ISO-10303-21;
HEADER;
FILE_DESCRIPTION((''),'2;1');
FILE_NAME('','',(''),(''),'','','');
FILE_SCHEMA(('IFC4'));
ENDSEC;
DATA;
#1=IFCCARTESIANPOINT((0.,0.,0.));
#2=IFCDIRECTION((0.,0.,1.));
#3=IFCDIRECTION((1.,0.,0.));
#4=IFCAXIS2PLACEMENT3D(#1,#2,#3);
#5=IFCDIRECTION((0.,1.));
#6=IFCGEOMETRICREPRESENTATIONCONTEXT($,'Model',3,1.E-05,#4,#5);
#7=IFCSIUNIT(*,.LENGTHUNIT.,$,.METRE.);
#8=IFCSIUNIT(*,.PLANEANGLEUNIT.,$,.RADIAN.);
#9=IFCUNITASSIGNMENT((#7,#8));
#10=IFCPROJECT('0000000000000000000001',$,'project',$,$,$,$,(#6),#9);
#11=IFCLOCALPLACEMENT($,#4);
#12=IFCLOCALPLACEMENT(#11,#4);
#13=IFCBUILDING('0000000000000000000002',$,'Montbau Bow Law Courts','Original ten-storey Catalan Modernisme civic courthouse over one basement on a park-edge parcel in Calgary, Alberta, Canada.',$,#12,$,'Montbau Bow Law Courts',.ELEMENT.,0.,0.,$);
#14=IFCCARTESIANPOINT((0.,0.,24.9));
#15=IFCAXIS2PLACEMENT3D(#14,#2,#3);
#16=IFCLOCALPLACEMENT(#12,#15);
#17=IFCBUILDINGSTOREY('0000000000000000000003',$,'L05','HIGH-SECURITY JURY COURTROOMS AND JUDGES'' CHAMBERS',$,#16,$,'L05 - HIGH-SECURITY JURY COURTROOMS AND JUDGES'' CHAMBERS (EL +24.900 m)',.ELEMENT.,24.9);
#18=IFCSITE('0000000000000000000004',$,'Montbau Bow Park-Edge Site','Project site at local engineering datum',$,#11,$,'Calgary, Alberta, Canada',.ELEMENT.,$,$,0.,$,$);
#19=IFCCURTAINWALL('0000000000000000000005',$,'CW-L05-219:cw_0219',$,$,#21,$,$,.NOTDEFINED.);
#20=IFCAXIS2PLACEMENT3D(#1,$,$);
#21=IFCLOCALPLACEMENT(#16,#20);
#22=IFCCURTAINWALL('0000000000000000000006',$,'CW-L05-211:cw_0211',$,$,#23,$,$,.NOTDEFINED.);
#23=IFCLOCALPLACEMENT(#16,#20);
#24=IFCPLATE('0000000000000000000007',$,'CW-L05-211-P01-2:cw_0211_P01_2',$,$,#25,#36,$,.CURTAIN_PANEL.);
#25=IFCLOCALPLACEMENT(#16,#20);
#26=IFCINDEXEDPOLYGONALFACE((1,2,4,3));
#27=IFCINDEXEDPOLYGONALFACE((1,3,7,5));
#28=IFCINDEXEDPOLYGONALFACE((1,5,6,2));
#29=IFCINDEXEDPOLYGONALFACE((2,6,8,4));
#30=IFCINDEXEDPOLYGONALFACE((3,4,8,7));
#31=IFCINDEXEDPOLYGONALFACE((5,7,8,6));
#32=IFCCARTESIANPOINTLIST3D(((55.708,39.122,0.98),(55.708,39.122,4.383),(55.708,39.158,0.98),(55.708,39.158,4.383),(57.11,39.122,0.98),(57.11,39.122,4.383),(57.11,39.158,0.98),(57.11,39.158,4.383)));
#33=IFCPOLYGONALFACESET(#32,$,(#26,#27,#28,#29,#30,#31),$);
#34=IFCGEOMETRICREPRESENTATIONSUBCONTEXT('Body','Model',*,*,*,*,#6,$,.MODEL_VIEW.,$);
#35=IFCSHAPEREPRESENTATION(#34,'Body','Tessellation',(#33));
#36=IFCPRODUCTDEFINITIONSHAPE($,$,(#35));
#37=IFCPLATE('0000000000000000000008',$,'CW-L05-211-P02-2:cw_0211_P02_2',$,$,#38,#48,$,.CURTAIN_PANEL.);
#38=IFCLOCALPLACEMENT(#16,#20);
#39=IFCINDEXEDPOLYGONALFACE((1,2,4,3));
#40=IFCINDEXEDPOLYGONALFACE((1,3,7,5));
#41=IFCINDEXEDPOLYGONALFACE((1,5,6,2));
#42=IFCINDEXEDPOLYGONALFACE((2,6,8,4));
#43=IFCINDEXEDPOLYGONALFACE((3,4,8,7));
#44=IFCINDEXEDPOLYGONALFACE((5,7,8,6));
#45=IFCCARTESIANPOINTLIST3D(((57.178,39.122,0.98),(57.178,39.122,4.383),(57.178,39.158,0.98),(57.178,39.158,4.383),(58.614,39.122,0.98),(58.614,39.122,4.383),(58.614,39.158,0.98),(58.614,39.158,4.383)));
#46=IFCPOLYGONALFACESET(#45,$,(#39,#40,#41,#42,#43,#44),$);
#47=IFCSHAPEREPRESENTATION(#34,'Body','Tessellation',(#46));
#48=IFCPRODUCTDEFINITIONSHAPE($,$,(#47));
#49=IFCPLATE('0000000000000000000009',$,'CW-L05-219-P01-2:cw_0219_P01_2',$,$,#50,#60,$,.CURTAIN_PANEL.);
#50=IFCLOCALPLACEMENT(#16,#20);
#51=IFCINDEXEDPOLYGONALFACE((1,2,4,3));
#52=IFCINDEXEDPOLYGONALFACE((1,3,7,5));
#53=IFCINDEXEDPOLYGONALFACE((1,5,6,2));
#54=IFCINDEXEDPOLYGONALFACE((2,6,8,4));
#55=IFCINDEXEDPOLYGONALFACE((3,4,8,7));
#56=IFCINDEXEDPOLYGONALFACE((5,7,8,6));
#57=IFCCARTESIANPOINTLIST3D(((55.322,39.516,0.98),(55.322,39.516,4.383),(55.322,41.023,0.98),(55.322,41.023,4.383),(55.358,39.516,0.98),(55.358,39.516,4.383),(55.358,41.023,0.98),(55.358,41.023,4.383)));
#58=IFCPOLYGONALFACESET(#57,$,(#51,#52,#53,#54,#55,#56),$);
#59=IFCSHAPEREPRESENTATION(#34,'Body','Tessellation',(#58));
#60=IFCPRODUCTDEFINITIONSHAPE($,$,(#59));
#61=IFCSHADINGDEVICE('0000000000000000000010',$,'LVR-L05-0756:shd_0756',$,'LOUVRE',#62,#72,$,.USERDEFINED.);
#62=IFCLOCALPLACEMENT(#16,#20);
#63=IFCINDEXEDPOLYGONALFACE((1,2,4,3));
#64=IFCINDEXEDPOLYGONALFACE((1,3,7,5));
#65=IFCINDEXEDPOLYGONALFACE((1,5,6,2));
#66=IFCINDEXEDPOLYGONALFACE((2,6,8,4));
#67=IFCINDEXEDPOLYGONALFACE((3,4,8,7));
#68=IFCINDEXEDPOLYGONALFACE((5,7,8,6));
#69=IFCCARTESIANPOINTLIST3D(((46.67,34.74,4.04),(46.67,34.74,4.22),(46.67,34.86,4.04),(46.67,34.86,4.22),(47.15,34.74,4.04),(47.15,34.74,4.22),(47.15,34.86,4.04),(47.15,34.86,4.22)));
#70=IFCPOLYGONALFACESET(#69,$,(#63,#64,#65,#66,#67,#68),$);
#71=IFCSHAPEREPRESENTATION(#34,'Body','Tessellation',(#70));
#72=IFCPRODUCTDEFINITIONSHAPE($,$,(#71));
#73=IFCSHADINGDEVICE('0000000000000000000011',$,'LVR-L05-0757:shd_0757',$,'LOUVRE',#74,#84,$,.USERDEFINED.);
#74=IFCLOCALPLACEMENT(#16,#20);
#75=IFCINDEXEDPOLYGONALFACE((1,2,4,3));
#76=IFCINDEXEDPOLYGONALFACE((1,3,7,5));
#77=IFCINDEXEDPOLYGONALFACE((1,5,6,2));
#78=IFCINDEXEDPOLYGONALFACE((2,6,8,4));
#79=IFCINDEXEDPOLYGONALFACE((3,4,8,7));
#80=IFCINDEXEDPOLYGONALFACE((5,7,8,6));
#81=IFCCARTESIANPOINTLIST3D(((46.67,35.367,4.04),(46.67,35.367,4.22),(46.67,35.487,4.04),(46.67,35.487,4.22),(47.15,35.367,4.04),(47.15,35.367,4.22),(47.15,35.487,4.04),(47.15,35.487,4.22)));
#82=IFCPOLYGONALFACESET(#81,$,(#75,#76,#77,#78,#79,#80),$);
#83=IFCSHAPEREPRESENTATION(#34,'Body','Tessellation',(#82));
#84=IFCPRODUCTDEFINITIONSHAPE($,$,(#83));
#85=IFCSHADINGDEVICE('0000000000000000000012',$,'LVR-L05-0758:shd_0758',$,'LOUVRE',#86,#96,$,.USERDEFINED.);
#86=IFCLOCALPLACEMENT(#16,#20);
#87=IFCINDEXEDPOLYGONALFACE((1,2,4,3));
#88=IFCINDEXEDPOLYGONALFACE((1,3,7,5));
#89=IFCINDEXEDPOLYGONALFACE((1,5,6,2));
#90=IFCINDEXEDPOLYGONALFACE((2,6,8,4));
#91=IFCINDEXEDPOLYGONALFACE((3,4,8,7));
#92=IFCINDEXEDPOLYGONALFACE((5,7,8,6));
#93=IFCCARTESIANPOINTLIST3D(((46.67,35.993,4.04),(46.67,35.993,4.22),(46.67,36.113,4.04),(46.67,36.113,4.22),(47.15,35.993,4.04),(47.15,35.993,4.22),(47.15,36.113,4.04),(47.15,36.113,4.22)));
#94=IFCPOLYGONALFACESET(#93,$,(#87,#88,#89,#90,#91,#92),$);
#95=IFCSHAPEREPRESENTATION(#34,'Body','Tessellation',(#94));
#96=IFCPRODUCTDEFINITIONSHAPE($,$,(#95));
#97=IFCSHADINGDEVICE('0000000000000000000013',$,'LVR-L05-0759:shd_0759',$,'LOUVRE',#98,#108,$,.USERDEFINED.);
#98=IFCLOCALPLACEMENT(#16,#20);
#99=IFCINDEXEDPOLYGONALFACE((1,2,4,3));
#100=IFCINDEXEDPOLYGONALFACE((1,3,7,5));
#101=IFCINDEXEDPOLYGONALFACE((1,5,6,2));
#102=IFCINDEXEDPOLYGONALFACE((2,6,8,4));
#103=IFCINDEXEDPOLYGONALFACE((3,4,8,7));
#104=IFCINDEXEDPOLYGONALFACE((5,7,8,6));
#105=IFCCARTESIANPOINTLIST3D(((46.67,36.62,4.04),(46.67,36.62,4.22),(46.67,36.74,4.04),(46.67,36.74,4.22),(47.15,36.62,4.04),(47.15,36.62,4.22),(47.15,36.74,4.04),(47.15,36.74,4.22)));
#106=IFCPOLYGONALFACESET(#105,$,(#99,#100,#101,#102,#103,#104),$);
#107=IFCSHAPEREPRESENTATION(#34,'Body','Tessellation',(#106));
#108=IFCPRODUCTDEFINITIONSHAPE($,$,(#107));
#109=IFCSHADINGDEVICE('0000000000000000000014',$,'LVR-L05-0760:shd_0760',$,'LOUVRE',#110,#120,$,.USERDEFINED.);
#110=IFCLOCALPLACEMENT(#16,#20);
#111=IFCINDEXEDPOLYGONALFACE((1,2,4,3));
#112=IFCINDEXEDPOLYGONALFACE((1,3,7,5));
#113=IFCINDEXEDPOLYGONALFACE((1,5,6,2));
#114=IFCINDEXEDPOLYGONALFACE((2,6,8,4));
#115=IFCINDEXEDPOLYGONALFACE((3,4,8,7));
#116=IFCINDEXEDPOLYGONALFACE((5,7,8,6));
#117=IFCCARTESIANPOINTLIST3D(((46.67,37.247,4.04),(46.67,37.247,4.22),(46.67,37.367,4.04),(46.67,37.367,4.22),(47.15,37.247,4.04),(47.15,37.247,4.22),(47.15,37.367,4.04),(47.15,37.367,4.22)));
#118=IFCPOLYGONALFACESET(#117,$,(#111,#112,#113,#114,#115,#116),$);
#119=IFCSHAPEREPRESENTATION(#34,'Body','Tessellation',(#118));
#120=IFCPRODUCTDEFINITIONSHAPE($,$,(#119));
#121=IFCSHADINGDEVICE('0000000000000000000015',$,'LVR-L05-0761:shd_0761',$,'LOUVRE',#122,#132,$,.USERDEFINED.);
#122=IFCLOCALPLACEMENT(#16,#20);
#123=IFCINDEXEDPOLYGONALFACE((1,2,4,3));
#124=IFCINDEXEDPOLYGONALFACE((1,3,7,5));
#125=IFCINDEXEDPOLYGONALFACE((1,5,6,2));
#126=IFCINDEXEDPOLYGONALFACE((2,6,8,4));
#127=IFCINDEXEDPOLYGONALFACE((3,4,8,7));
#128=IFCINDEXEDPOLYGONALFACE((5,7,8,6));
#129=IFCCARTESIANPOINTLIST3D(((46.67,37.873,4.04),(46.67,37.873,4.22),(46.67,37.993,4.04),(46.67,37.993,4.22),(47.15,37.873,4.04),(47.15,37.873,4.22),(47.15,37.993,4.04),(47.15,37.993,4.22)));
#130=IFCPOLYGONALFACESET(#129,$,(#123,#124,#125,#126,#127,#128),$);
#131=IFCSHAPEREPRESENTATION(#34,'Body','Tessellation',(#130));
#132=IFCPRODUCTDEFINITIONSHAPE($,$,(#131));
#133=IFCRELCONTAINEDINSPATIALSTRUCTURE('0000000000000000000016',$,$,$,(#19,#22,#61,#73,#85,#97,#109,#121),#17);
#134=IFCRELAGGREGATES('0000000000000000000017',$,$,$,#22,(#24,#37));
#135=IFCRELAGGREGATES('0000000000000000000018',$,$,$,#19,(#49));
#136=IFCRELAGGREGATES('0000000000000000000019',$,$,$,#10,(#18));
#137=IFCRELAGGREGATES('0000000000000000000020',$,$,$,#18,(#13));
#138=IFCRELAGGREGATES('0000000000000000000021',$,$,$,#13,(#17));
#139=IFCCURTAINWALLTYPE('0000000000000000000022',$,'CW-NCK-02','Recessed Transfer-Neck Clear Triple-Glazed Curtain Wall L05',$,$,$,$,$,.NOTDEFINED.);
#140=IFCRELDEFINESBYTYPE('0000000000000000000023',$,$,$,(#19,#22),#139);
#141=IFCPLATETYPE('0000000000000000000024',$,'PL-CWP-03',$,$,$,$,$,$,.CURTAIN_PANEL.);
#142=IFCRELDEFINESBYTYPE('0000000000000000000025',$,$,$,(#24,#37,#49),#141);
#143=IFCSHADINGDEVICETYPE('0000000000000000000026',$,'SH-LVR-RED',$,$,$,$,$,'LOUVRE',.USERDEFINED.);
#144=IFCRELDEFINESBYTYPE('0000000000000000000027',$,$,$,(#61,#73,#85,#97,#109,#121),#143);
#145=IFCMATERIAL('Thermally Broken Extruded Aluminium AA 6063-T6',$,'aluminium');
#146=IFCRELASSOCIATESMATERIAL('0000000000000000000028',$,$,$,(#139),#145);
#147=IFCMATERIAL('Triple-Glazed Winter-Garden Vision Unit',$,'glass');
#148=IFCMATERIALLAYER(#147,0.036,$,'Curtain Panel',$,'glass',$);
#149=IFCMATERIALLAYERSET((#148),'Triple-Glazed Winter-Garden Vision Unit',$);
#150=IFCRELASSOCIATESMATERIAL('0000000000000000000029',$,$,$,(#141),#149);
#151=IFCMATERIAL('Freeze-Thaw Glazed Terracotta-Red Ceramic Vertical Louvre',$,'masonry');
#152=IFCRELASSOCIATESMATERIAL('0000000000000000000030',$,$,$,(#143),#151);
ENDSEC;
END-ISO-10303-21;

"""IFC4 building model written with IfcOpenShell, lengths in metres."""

from ifc_helpers import new_model, si_unit, direction, frame, frame_2d, origin_with_axes, origin_2d_with_axis, place, context, subcontext, project, spatial, rectangle, extrude, material, layer, layer_set, type_object, element, aggregate, save


model = new_model("IFC4")

# Units and contexts
model_context = context("Model", 3, precision=1e-05, world=origin_with_axes(), true_north=direction((0.0, 1.0)))
body_context = subcontext(model_context, "Body", "Model", "MODEL_VIEW")
ifc_project = project(units=[si_unit("LENGTHUNIT", "METRE"), si_unit("PLANEANGLEUNIT", "RADIAN")], contexts=[model_context])

# Site, building, storey
site_placement = place(None, origin_with_axes())
site = spatial("IfcSite", under=ifc_project, at=site_placement, Name="Montbau Bow Park-Edge Site", Description="Project site at local engineering datum", LongName="Calgary, Alberta, Canada", CompositionType="ELEMENT", RefElevation=0.0)
building_placement = place(site_placement, origin_with_axes())
building = spatial("IfcBuilding", under=site, at=building_placement, Name="Montbau Bow Law Courts", Description="Original ten-storey Catalan Modernisme civic courthouse over one basement on a park-edge parcel in Calgary, Alberta, Canada.", LongName="Montbau Bow Law Courts", CompositionType="ELEMENT", ElevationOfRefHeight=0.0, ElevationOfTerrain=0.0)
storey_placement = place(building_placement, frame((0.0, 0.0, 24.9), z_axis=(0.0, 0.0, 1.0), x_axis=(1.0, 0.0, 0.0)))
storey = spatial("IfcBuildingStorey", under=building, at=storey_placement, Name="L05", Description="HIGH-SECURITY JURY COURTROOMS AND JUDGES' CHAMBERS", LongName="L05 - HIGH-SECURITY JURY COURTROOMS AND JUDGES' CHAMBERS (EL +24.900 m)", CompositionType="ELEMENT", Elevation=24.9)

# Curtain wall
ifc_material_1 = material(Name="Thermally Broken Extruded Aluminium AA 6063-T6", Category="aluminium")
curtain_wall_type = type_object("IfcCurtainWallType", Name="CW-NCK-02", Description="Recessed Transfer-Neck Clear Triple-Glazed Curtain Wall L05", PredefinedType="NOTDEFINED", material=ifc_material_1)
curtain_wall_1_placement = place(None, frame((55.34, 39.44, 24.9), z_axis=(0.0, 0.0, 1.0), x_axis=(1.0, 0.0, 0.0)))
curtain_wall_1 = element("IfcCurtainWall", 1, at=curtain_wall_1_placement, inside=storey, type_object=curtain_wall_type, Name="CW-L05-219:cw_0219", PredefinedType="NOTDEFINED")

# Curtain wall
curtain_wall_2_placement = place(None, frame((55.64, 39.14, 24.9), z_axis=(0.0, 0.0, 1.0), x_axis=(1.0, 0.0, 0.0)))
curtain_wall_2 = element("IfcCurtainWall", 2, at=curtain_wall_2_placement, inside=storey, type_object=curtain_wall_type, Name="CW-L05-211:cw_0211", PredefinedType="NOTDEFINED")

# Plates
ifc_material_2 = material(Name="Triple-Glazed Winter-Garden Vision Unit", Category="glass")
ifc_layer_1 = layer(ifc_material_2, 0.036, Name="Curtain Panel", Category="glass")
ifc_layer_set_1 = layer_set([ifc_layer_1], Name="Triple-Glazed Winter-Garden Vision Unit")
plate_type_1 = type_object("IfcPlateType", Name="PL-CWP-03", PredefinedType="CURTAIN_PANEL", material=ifc_layer_set_1)
plate_1_placement = place(None, frame((55.708, 39.14, 25.88), z_axis=(0.0, -1.0, 0.0), x_axis=(1.0, 0.0, 0.0)))
plate_1 = element("IfcPlate", 3, at=plate_1_placement, type_object=plate_type_1, Name="CW-L05-211-P01-2:cw_0211_P01_2", PredefinedType="CURTAIN_PANEL", context=body_context, shape_type="SweptSolid", body=[
    extrude(rectangle(XDim=1.402, YDim=3.403, at=frame_2d((0.701, 1.7015), x_axis=(1.0, 0.0))), frame((0.0, 0.0, -0.018), z_axis=(0.0, 0.0, 1.0), x_axis=(1.0, 0.0, 0.0)), (0.0, 0.0, 1.0), 0.036),
])
plate_2_placement = place(None, frame((57.178, 39.14, 25.88), z_axis=(0.0, -1.0, 0.0), x_axis=(1.0, 0.0, 0.0)))
plate_2 = element("IfcPlate", 4, at=plate_2_placement, type_object=plate_type_1, Name="CW-L05-211-P02-2:cw_0211_P02_2", PredefinedType="CURTAIN_PANEL", context=body_context, shape_type="SweptSolid", body=[
    extrude(rectangle(XDim=1.436, YDim=3.403, at=frame_2d((0.718, 1.7015), x_axis=(1.0, 0.0))), frame((0.0, 0.0, -0.018), z_axis=(0.0, 0.0, 1.0), x_axis=(1.0, 0.0, 0.0)), (0.0, 0.0, 1.0), 0.036),
])
aggregate(curtain_wall_2, [plate_1, plate_2])
plate_3_placement = place(None, frame((55.34, 39.516, 25.88), z_axis=(1.0, 0.0, 0.0), x_axis=(0.0, 1.0, 0.0)))
plate_3 = element("IfcPlate", 5, at=plate_3_placement, type_object=plate_type_1, Name="CW-L05-219-P01-2:cw_0219_P01_2", PredefinedType="CURTAIN_PANEL", context=body_context, shape_type="SweptSolid", body=[
    extrude(rectangle(XDim=1.507, YDim=3.403, at=frame_2d((0.7535, 1.7015), x_axis=(1.0, 0.0))), frame((0.0, 0.0, -0.018), z_axis=(0.0, 0.0, 1.0), x_axis=(1.0, 0.0, 0.0)), (0.0, 0.0, 1.0), 0.036),
])
aggregate(curtain_wall_1, [plate_3])

# Shading devices
ifc_material_3 = material(Name="Freeze-Thaw Glazed Terracotta-Red Ceramic Vertical Louvre", Category="masonry")
shading_device_type = type_object("IfcShadingDeviceType", Name="SH-LVR-RED", ElementType="LOUVRE", PredefinedType="USERDEFINED", material=ifc_material_3)
for number, where, z_axis, x_axis, name in (
    (6, (46.91, 34.8, 28.94), (0.0, 0.0, 1.0), (1.0, 0.0, 0.0), "LVR-L05-0756:shd_0756"),
    (7, (46.91, 35.427, 28.94), (0.0, 0.0, 1.0), (1.0, 0.0, 0.0), "LVR-L05-0757:shd_0757"),
    (8, (46.91, 36.053, 28.94), (0.0, 0.0, 1.0), (1.0, 0.0, 0.0), "LVR-L05-0758:shd_0758"),
    (9, (46.91, 36.68, 28.94), (0.0, 0.0, 1.0), (1.0, 0.0, 0.0), "LVR-L05-0759:shd_0759"),
    (10, (46.91, 37.307, 28.94), (0.0, 0.0, 1.0), (1.0, 0.0, 0.0), "LVR-L05-0760:shd_0760"),
    (11, (46.91, 37.933, 28.94), (0.0, 0.0, 1.0), (1.0, 0.0, 0.0), "LVR-L05-0761:shd_0761"),
):
    element("IfcShadingDevice", number, at=place(None, frame(where, z_axis=z_axis, x_axis=x_axis)), inside=storey, type_object=shading_device_type, Name=name, ObjectType="LOUVRE", PredefinedType="USERDEFINED", context=body_context, shape_type="SweptSolid", body=[
        extrude(rectangle(XDim=0.48, YDim=0.12, at=origin_2d_with_axis()), origin_with_axes(), (0.0, 0.0, 1.0), 0.18),
    ])

save(model, "model.ifc")
